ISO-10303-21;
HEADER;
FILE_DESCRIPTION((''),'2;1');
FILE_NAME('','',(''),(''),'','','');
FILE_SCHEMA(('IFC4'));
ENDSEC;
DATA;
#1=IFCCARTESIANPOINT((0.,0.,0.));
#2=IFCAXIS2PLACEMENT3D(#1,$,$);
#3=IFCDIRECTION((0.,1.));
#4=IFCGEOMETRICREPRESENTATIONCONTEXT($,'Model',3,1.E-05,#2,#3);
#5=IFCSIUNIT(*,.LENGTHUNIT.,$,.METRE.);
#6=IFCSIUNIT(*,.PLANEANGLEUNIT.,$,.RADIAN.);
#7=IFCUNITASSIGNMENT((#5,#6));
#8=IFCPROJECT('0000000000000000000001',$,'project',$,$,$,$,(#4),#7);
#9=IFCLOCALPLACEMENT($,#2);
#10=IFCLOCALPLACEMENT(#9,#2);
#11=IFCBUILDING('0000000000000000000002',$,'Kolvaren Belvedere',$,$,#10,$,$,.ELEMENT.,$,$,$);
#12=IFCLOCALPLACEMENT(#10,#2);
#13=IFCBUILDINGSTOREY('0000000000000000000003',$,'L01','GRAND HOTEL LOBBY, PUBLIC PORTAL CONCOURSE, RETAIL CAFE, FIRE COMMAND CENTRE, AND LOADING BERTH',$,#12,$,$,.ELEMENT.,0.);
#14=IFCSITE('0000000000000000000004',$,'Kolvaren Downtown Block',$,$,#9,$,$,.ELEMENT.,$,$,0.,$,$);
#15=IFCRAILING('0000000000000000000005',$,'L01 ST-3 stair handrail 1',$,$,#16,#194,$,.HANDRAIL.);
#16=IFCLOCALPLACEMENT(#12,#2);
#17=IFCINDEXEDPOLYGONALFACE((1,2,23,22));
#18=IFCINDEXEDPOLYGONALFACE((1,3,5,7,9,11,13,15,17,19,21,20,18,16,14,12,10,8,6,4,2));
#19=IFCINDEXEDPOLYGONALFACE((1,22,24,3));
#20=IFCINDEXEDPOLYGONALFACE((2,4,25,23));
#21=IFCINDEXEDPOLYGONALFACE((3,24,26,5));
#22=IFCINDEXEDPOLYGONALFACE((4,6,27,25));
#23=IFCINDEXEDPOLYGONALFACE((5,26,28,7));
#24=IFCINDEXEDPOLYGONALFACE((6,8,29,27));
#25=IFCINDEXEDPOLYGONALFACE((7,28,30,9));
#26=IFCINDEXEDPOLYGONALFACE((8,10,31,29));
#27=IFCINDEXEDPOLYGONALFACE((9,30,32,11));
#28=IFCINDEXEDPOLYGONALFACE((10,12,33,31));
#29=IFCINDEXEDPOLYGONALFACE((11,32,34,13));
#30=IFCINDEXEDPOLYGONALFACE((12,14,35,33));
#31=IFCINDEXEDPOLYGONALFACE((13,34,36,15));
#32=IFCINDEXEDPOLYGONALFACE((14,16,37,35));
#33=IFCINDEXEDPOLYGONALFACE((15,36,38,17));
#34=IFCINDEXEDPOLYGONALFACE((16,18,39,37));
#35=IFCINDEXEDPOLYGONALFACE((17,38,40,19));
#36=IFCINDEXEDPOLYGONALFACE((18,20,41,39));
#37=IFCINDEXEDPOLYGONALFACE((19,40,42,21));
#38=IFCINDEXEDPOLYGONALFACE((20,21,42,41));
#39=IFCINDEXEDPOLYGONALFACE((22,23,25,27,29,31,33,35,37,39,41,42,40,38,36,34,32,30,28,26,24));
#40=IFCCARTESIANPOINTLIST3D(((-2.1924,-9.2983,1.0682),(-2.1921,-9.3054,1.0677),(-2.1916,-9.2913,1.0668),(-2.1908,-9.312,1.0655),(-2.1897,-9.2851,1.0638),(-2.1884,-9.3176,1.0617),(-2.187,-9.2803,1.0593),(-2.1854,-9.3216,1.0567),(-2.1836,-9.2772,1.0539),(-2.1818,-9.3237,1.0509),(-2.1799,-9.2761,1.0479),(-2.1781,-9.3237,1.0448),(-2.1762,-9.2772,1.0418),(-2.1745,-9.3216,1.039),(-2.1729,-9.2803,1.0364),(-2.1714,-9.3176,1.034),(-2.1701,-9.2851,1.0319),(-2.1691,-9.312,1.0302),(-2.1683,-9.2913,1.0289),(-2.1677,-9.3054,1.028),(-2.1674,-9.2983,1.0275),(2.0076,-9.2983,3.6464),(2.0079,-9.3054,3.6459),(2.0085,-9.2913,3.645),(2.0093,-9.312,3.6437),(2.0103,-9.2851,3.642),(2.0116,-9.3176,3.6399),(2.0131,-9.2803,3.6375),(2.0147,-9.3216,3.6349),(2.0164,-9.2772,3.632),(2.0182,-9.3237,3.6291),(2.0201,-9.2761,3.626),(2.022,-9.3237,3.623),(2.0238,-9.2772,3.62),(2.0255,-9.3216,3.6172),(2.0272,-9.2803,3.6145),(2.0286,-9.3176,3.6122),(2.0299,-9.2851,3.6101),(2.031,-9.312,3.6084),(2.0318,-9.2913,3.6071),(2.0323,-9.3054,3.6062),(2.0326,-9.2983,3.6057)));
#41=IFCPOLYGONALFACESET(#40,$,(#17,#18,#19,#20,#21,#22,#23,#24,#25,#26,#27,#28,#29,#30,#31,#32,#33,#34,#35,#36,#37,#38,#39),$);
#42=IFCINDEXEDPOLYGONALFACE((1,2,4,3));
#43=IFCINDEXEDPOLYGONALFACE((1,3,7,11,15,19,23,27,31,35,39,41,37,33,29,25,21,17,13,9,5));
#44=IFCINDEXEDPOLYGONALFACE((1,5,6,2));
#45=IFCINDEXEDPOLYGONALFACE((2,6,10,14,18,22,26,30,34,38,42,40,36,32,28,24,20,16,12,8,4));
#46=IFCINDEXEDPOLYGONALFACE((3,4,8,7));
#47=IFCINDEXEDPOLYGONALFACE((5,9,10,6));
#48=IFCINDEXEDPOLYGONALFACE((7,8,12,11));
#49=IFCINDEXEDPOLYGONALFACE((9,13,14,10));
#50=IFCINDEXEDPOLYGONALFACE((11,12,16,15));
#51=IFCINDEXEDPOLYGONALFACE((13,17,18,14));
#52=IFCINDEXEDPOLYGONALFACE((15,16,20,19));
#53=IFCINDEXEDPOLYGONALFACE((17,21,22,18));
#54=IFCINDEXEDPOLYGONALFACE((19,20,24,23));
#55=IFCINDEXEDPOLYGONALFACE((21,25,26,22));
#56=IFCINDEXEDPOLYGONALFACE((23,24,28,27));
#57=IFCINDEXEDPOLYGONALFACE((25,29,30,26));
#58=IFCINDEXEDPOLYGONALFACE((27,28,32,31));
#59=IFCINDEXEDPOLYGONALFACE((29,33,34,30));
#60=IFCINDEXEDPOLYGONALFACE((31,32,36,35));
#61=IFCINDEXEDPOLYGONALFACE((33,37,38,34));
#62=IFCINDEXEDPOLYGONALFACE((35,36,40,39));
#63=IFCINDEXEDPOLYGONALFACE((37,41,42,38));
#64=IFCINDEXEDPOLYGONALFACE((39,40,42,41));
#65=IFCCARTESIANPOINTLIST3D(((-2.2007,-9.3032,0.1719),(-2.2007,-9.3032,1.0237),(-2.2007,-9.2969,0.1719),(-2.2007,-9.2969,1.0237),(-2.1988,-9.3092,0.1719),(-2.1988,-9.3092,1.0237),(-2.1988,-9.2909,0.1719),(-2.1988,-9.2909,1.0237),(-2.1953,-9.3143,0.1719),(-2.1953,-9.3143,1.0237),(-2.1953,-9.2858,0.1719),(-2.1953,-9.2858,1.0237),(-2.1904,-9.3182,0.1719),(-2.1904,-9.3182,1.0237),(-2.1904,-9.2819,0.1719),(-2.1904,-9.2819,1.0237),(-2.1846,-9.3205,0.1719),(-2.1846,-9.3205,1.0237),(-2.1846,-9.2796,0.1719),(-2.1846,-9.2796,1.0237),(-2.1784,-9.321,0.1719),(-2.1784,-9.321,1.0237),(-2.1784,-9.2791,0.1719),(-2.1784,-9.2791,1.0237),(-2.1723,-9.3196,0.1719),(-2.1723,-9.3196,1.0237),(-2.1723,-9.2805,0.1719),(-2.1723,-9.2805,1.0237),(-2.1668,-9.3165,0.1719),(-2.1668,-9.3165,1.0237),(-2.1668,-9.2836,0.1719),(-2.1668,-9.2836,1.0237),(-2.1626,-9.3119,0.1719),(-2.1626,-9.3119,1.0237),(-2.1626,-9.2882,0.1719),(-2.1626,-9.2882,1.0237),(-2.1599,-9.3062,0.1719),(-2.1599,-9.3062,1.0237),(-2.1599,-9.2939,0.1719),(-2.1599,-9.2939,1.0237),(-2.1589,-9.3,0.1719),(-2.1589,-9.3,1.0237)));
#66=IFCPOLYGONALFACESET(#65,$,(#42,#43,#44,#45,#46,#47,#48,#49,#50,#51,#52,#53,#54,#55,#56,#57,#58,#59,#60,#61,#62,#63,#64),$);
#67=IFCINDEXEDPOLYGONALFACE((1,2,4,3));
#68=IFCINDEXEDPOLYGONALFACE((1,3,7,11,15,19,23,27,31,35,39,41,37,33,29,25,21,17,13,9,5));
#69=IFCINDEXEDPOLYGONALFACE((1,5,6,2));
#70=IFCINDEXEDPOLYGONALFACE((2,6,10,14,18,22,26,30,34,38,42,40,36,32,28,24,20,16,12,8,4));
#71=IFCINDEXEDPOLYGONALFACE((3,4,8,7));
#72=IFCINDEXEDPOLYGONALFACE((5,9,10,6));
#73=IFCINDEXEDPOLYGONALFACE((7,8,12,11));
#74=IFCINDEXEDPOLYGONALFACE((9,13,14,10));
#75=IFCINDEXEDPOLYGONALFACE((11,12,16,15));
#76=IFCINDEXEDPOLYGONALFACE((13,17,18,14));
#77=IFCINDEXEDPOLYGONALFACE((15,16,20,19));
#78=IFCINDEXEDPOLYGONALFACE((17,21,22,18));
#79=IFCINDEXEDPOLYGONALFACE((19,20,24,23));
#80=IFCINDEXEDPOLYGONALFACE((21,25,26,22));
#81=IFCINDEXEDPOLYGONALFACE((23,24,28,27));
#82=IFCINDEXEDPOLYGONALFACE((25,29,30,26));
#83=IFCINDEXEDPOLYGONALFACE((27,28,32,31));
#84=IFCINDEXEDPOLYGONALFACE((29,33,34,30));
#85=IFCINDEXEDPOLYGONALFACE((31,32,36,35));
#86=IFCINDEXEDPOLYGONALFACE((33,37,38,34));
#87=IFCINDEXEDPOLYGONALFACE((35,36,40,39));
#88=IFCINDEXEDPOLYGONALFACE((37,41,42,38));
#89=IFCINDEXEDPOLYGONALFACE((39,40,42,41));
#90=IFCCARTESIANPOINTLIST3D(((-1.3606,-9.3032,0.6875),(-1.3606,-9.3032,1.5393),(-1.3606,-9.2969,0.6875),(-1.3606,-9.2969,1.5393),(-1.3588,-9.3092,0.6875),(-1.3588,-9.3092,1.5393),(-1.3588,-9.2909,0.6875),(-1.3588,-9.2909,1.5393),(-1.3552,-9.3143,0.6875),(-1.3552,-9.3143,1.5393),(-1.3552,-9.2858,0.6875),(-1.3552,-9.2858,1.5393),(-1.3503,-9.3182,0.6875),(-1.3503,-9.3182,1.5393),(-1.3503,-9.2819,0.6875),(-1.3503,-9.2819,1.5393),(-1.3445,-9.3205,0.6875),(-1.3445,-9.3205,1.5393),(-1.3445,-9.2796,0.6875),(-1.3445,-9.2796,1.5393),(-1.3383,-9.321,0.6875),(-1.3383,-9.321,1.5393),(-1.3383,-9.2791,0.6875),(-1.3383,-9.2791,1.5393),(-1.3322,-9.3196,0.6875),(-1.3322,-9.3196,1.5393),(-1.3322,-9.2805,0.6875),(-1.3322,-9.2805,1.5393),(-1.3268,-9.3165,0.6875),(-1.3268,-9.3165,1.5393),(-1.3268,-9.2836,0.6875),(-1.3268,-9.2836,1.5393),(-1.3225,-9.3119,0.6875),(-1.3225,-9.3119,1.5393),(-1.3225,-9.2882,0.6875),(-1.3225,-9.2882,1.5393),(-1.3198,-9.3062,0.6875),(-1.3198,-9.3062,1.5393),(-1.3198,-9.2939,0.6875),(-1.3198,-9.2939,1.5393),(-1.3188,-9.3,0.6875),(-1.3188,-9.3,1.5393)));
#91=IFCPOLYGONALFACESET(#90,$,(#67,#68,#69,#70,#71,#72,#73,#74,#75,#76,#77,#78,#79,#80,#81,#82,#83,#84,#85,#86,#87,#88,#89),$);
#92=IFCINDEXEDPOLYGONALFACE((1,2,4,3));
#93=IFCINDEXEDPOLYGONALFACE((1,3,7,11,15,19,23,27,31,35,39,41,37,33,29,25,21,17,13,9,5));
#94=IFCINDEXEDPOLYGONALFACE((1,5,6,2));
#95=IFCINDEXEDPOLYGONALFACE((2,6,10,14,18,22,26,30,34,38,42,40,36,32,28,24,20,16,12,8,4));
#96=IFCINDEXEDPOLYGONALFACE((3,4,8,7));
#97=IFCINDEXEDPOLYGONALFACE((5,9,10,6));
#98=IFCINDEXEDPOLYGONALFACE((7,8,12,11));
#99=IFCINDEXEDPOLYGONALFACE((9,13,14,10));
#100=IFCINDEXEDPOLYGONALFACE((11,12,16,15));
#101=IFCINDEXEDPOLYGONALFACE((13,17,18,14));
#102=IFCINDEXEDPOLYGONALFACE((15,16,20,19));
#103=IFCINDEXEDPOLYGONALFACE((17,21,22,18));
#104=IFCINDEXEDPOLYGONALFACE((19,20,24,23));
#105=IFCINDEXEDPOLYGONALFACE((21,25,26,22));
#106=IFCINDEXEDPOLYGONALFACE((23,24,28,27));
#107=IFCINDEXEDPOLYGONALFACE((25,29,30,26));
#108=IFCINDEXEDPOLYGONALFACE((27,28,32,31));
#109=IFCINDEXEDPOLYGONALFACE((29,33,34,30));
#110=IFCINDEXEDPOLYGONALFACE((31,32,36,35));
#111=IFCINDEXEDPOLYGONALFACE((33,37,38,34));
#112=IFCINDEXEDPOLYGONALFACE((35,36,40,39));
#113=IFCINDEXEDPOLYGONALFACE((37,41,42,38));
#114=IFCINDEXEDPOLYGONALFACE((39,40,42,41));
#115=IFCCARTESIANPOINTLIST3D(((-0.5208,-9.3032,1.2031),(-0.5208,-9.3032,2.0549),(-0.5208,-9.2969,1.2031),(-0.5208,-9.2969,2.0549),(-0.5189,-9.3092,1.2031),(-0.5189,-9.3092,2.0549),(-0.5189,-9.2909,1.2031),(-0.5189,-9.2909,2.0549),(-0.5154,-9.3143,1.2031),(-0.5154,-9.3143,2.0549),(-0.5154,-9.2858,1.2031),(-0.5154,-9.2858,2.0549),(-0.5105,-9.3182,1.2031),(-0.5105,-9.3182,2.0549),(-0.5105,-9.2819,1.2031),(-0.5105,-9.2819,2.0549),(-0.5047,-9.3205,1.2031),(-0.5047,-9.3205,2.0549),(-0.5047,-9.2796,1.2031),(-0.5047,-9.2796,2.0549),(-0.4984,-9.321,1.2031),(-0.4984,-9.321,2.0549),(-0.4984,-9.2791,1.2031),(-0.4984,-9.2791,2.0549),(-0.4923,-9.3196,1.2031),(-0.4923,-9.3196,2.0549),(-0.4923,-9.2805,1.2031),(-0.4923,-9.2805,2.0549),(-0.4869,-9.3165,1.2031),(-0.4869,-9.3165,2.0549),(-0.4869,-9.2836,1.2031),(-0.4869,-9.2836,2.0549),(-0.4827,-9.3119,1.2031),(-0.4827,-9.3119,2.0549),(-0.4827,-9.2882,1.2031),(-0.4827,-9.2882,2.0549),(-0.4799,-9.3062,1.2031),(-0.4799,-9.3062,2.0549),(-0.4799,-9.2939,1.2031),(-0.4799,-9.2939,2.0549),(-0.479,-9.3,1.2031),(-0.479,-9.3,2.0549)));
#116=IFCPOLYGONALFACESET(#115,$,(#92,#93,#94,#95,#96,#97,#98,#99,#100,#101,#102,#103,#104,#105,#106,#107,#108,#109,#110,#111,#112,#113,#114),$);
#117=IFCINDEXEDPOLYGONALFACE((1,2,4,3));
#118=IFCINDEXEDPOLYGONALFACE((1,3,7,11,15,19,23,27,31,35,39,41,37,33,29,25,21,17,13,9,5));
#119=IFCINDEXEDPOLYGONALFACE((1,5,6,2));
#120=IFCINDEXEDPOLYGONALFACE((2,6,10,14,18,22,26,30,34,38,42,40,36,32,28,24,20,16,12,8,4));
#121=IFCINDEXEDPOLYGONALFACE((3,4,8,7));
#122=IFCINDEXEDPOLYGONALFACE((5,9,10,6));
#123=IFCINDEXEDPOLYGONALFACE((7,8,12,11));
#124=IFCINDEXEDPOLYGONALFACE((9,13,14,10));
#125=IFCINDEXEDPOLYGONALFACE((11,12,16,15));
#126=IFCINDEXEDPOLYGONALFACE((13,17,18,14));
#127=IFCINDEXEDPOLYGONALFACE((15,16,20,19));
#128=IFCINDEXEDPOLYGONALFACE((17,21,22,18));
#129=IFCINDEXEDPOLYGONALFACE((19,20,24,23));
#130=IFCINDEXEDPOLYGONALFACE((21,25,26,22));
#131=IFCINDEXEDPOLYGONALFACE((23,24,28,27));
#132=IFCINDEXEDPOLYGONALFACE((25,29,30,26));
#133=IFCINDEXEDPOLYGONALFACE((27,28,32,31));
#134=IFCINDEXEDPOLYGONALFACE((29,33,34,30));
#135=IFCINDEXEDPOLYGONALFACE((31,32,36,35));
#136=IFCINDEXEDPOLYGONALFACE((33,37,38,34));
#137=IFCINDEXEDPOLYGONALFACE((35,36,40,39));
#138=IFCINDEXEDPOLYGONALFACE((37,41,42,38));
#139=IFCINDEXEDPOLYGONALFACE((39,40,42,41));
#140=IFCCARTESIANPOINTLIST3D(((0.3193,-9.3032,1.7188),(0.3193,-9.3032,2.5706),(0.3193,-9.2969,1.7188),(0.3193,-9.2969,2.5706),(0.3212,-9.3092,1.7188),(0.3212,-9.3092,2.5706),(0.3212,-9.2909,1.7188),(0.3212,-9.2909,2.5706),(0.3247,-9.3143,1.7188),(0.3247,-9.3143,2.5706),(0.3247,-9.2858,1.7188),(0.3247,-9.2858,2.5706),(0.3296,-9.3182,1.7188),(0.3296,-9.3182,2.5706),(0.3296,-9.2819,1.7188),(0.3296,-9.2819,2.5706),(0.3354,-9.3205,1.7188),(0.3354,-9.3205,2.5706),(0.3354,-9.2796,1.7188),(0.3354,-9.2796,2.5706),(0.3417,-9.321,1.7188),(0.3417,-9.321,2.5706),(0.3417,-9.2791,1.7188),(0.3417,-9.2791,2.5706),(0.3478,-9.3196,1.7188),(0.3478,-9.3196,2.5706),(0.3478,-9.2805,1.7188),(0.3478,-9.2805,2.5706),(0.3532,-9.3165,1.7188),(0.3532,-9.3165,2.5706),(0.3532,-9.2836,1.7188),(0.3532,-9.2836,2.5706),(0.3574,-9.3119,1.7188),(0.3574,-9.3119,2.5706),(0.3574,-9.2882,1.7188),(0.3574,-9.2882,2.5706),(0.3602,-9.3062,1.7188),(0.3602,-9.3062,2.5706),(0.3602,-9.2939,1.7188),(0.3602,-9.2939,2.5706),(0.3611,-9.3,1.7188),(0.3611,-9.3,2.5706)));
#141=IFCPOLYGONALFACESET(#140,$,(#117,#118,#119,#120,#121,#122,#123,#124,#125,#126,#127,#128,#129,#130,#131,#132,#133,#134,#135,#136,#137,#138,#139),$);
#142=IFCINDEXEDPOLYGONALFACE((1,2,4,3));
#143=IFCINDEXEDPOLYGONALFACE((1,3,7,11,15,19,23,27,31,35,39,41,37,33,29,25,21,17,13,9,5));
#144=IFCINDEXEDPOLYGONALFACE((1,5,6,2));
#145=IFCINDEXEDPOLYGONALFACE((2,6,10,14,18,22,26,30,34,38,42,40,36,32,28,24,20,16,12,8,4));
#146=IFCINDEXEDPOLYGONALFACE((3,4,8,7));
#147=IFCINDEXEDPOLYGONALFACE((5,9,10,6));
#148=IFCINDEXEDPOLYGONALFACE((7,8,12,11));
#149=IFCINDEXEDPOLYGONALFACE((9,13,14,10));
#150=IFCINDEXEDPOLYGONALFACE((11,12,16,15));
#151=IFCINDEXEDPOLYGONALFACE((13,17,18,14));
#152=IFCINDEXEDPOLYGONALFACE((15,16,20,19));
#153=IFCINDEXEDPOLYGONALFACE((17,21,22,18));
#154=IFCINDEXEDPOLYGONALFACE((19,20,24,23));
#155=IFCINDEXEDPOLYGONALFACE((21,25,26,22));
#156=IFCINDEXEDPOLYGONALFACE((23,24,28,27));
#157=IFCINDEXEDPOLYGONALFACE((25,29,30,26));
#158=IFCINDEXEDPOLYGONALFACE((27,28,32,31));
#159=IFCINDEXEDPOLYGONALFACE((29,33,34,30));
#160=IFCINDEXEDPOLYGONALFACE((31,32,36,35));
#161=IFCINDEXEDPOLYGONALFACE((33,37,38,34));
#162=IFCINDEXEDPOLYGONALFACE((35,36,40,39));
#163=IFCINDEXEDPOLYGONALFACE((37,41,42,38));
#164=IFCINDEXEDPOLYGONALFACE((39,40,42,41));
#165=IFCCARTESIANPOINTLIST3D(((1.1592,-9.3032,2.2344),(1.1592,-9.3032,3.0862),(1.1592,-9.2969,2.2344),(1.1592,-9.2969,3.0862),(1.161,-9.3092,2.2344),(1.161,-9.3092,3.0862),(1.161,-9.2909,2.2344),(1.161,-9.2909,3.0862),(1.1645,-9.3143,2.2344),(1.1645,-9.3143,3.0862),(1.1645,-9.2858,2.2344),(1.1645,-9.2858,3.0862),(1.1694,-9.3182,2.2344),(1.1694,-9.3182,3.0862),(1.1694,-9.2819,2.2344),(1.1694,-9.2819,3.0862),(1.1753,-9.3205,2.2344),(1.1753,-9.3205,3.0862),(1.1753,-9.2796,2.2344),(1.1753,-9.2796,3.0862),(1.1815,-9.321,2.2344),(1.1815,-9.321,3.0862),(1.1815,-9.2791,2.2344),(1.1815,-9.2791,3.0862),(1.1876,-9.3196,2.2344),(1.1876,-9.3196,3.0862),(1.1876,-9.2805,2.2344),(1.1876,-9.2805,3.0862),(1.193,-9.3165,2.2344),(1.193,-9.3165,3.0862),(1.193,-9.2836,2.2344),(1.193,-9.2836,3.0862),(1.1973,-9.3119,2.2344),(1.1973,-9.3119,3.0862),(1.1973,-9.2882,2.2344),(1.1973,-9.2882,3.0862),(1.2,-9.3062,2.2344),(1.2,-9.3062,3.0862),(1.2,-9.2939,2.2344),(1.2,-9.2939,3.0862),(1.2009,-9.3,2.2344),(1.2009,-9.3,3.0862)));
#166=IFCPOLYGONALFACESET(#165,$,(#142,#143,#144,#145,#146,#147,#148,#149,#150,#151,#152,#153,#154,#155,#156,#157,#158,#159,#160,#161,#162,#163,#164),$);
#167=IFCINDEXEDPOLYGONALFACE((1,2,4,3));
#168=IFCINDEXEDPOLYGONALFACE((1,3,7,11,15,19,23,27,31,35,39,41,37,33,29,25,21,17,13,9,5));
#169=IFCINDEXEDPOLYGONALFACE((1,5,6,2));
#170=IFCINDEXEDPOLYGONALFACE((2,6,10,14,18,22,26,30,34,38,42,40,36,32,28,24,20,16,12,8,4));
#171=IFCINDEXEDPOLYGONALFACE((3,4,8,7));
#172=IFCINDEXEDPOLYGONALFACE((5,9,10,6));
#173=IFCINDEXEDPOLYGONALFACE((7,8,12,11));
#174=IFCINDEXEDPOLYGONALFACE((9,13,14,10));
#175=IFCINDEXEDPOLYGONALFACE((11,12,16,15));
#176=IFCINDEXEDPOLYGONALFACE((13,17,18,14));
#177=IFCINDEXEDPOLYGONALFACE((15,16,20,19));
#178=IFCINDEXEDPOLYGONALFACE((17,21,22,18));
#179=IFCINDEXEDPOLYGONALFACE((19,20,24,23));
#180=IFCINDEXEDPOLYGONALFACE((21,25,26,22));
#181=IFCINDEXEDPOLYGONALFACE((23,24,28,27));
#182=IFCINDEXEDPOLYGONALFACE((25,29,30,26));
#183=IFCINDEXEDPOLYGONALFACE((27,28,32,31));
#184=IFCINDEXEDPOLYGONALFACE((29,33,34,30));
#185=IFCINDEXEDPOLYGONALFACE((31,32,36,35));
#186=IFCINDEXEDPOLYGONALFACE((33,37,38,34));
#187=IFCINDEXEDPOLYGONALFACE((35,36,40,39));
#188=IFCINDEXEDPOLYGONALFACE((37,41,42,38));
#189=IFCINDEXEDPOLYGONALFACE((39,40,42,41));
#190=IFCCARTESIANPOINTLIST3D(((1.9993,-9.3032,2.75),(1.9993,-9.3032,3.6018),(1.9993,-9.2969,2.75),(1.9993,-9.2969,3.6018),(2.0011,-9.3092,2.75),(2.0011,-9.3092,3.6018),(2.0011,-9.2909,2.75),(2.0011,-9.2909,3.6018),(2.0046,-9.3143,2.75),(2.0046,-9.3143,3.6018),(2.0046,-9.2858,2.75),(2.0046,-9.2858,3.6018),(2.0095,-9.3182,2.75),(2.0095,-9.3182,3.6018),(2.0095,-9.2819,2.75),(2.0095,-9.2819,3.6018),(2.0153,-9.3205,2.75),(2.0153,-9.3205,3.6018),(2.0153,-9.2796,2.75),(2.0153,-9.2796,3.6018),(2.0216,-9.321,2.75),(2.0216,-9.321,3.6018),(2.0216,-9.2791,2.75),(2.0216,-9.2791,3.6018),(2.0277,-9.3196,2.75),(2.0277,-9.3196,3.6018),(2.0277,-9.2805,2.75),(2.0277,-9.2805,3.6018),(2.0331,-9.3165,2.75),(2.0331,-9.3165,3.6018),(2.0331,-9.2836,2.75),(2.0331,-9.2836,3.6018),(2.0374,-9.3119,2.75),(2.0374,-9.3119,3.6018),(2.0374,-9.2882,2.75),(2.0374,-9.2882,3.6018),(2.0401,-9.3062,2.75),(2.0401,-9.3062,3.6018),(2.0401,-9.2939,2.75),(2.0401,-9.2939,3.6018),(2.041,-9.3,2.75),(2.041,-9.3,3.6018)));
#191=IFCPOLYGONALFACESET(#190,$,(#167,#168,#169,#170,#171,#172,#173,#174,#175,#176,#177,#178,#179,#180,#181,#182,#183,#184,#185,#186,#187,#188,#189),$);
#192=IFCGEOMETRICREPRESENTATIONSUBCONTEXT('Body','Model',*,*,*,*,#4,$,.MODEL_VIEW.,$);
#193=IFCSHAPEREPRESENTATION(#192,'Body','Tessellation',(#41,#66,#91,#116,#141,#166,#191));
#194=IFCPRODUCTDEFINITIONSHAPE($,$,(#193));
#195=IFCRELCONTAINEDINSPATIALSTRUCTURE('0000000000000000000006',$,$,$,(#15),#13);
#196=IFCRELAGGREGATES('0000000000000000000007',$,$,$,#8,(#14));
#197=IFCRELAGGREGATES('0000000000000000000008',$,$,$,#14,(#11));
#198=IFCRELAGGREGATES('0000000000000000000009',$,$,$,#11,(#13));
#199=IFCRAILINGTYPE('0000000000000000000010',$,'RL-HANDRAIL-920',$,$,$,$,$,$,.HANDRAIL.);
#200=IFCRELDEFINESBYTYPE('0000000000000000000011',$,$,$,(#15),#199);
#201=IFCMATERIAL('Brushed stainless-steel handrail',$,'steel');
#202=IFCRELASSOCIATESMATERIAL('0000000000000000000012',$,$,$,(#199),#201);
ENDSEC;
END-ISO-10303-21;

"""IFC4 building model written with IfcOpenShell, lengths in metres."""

from ifc_helpers import new_model, si_unit, direction, frame, origin, origin_2d, place, context, subcontext, project, spatial, circle, extrude, material, type_object, element, save


model = new_model("IFC4")

# Units and contexts
model_context = context("Model", 3, precision=1e-05, world=origin(), true_north=direction((0.0, 1.0)))
body_context = subcontext(model_context, "Body", "Model", "MODEL_VIEW")
ifc_project = project(units=[si_unit("LENGTHUNIT", "METRE"), si_unit("PLANEANGLEUNIT", "RADIAN")], contexts=[model_context])

# Site, building, storey
site_placement = place(None, origin())
site = spatial("IfcSite", under=ifc_project, at=site_placement, Name="Kolvaren Downtown Block", CompositionType="ELEMENT", RefElevation=0.0)
building_placement = place(site_placement, origin())
building = spatial("IfcBuilding", under=site, at=building_placement, Name="Kolvaren Belvedere", CompositionType="ELEMENT")
storey_placement = place(building_placement, origin())
storey = spatial("IfcBuildingStorey", under=building, at=storey_placement, Name="L01", Description="GRAND HOTEL LOBBY, PUBLIC PORTAL CONCOURSE, RETAIL CAFE, FIRE COMMAND CENTRE, AND LOADING BERTH", CompositionType="ELEMENT", Elevation=0.0)

# Railing
ifc_material_1 = material(Name="Brushed stainless-steel handrail", Category="steel")
railing_type_1 = type_object("IfcRailingType", Name="RL-HANDRAIL-920", PredefinedType="HANDRAIL", material=ifc_material_1)
railing_1_placement = place(storey_placement, frame((-2.1799, -9.3, 0.1719)))
element("IfcRailing", 1, at=railing_1_placement, inside=storey, type_object=railing_type_1, Name="L01 ST-3 stair handrail 1", PredefinedType="HANDRAIL", context=body_context, shape_type="SweptSolid", body=[
    extrude(circle(Radius=0.0239, at=origin_2d()), frame((0.0, 0.0, 0.876), z_axis=(0.852243, 0.0, 0.523146), x_axis=(0.0, 1.0, 0.0)), (0.0, 0.0, 1.0), 4.9282),
    extrude(circle(Radius=0.021, at=origin_2d()), origin(), (0.0, 0.0, 1.0), 0.8518),
    extrude(circle(Radius=0.021, at=origin_2d()), frame((0.8401, 0.0, 0.5156)), (0.0, 0.0, 1.0), 0.8518),
    extrude(circle(Radius=0.021, at=origin_2d()), frame((1.6799, 0.0, 1.0312)), (0.0, 0.0, 1.0), 0.8518),
    extrude(circle(Radius=0.021, at=origin_2d()), frame((2.52, 0.0, 1.5469)), (0.0, 0.0, 1.0), 0.8518),
    extrude(circle(Radius=0.021, at=origin_2d()), frame((3.3599, 0.0, 2.0625)), (0.0, 0.0, 1.0), 0.8518),
    extrude(circle(Radius=0.021, at=origin_2d()), frame((4.2, 0.0, 2.5781)), (0.0, 0.0, 1.0), 0.8518),
])

save(model, "model.ifc")
